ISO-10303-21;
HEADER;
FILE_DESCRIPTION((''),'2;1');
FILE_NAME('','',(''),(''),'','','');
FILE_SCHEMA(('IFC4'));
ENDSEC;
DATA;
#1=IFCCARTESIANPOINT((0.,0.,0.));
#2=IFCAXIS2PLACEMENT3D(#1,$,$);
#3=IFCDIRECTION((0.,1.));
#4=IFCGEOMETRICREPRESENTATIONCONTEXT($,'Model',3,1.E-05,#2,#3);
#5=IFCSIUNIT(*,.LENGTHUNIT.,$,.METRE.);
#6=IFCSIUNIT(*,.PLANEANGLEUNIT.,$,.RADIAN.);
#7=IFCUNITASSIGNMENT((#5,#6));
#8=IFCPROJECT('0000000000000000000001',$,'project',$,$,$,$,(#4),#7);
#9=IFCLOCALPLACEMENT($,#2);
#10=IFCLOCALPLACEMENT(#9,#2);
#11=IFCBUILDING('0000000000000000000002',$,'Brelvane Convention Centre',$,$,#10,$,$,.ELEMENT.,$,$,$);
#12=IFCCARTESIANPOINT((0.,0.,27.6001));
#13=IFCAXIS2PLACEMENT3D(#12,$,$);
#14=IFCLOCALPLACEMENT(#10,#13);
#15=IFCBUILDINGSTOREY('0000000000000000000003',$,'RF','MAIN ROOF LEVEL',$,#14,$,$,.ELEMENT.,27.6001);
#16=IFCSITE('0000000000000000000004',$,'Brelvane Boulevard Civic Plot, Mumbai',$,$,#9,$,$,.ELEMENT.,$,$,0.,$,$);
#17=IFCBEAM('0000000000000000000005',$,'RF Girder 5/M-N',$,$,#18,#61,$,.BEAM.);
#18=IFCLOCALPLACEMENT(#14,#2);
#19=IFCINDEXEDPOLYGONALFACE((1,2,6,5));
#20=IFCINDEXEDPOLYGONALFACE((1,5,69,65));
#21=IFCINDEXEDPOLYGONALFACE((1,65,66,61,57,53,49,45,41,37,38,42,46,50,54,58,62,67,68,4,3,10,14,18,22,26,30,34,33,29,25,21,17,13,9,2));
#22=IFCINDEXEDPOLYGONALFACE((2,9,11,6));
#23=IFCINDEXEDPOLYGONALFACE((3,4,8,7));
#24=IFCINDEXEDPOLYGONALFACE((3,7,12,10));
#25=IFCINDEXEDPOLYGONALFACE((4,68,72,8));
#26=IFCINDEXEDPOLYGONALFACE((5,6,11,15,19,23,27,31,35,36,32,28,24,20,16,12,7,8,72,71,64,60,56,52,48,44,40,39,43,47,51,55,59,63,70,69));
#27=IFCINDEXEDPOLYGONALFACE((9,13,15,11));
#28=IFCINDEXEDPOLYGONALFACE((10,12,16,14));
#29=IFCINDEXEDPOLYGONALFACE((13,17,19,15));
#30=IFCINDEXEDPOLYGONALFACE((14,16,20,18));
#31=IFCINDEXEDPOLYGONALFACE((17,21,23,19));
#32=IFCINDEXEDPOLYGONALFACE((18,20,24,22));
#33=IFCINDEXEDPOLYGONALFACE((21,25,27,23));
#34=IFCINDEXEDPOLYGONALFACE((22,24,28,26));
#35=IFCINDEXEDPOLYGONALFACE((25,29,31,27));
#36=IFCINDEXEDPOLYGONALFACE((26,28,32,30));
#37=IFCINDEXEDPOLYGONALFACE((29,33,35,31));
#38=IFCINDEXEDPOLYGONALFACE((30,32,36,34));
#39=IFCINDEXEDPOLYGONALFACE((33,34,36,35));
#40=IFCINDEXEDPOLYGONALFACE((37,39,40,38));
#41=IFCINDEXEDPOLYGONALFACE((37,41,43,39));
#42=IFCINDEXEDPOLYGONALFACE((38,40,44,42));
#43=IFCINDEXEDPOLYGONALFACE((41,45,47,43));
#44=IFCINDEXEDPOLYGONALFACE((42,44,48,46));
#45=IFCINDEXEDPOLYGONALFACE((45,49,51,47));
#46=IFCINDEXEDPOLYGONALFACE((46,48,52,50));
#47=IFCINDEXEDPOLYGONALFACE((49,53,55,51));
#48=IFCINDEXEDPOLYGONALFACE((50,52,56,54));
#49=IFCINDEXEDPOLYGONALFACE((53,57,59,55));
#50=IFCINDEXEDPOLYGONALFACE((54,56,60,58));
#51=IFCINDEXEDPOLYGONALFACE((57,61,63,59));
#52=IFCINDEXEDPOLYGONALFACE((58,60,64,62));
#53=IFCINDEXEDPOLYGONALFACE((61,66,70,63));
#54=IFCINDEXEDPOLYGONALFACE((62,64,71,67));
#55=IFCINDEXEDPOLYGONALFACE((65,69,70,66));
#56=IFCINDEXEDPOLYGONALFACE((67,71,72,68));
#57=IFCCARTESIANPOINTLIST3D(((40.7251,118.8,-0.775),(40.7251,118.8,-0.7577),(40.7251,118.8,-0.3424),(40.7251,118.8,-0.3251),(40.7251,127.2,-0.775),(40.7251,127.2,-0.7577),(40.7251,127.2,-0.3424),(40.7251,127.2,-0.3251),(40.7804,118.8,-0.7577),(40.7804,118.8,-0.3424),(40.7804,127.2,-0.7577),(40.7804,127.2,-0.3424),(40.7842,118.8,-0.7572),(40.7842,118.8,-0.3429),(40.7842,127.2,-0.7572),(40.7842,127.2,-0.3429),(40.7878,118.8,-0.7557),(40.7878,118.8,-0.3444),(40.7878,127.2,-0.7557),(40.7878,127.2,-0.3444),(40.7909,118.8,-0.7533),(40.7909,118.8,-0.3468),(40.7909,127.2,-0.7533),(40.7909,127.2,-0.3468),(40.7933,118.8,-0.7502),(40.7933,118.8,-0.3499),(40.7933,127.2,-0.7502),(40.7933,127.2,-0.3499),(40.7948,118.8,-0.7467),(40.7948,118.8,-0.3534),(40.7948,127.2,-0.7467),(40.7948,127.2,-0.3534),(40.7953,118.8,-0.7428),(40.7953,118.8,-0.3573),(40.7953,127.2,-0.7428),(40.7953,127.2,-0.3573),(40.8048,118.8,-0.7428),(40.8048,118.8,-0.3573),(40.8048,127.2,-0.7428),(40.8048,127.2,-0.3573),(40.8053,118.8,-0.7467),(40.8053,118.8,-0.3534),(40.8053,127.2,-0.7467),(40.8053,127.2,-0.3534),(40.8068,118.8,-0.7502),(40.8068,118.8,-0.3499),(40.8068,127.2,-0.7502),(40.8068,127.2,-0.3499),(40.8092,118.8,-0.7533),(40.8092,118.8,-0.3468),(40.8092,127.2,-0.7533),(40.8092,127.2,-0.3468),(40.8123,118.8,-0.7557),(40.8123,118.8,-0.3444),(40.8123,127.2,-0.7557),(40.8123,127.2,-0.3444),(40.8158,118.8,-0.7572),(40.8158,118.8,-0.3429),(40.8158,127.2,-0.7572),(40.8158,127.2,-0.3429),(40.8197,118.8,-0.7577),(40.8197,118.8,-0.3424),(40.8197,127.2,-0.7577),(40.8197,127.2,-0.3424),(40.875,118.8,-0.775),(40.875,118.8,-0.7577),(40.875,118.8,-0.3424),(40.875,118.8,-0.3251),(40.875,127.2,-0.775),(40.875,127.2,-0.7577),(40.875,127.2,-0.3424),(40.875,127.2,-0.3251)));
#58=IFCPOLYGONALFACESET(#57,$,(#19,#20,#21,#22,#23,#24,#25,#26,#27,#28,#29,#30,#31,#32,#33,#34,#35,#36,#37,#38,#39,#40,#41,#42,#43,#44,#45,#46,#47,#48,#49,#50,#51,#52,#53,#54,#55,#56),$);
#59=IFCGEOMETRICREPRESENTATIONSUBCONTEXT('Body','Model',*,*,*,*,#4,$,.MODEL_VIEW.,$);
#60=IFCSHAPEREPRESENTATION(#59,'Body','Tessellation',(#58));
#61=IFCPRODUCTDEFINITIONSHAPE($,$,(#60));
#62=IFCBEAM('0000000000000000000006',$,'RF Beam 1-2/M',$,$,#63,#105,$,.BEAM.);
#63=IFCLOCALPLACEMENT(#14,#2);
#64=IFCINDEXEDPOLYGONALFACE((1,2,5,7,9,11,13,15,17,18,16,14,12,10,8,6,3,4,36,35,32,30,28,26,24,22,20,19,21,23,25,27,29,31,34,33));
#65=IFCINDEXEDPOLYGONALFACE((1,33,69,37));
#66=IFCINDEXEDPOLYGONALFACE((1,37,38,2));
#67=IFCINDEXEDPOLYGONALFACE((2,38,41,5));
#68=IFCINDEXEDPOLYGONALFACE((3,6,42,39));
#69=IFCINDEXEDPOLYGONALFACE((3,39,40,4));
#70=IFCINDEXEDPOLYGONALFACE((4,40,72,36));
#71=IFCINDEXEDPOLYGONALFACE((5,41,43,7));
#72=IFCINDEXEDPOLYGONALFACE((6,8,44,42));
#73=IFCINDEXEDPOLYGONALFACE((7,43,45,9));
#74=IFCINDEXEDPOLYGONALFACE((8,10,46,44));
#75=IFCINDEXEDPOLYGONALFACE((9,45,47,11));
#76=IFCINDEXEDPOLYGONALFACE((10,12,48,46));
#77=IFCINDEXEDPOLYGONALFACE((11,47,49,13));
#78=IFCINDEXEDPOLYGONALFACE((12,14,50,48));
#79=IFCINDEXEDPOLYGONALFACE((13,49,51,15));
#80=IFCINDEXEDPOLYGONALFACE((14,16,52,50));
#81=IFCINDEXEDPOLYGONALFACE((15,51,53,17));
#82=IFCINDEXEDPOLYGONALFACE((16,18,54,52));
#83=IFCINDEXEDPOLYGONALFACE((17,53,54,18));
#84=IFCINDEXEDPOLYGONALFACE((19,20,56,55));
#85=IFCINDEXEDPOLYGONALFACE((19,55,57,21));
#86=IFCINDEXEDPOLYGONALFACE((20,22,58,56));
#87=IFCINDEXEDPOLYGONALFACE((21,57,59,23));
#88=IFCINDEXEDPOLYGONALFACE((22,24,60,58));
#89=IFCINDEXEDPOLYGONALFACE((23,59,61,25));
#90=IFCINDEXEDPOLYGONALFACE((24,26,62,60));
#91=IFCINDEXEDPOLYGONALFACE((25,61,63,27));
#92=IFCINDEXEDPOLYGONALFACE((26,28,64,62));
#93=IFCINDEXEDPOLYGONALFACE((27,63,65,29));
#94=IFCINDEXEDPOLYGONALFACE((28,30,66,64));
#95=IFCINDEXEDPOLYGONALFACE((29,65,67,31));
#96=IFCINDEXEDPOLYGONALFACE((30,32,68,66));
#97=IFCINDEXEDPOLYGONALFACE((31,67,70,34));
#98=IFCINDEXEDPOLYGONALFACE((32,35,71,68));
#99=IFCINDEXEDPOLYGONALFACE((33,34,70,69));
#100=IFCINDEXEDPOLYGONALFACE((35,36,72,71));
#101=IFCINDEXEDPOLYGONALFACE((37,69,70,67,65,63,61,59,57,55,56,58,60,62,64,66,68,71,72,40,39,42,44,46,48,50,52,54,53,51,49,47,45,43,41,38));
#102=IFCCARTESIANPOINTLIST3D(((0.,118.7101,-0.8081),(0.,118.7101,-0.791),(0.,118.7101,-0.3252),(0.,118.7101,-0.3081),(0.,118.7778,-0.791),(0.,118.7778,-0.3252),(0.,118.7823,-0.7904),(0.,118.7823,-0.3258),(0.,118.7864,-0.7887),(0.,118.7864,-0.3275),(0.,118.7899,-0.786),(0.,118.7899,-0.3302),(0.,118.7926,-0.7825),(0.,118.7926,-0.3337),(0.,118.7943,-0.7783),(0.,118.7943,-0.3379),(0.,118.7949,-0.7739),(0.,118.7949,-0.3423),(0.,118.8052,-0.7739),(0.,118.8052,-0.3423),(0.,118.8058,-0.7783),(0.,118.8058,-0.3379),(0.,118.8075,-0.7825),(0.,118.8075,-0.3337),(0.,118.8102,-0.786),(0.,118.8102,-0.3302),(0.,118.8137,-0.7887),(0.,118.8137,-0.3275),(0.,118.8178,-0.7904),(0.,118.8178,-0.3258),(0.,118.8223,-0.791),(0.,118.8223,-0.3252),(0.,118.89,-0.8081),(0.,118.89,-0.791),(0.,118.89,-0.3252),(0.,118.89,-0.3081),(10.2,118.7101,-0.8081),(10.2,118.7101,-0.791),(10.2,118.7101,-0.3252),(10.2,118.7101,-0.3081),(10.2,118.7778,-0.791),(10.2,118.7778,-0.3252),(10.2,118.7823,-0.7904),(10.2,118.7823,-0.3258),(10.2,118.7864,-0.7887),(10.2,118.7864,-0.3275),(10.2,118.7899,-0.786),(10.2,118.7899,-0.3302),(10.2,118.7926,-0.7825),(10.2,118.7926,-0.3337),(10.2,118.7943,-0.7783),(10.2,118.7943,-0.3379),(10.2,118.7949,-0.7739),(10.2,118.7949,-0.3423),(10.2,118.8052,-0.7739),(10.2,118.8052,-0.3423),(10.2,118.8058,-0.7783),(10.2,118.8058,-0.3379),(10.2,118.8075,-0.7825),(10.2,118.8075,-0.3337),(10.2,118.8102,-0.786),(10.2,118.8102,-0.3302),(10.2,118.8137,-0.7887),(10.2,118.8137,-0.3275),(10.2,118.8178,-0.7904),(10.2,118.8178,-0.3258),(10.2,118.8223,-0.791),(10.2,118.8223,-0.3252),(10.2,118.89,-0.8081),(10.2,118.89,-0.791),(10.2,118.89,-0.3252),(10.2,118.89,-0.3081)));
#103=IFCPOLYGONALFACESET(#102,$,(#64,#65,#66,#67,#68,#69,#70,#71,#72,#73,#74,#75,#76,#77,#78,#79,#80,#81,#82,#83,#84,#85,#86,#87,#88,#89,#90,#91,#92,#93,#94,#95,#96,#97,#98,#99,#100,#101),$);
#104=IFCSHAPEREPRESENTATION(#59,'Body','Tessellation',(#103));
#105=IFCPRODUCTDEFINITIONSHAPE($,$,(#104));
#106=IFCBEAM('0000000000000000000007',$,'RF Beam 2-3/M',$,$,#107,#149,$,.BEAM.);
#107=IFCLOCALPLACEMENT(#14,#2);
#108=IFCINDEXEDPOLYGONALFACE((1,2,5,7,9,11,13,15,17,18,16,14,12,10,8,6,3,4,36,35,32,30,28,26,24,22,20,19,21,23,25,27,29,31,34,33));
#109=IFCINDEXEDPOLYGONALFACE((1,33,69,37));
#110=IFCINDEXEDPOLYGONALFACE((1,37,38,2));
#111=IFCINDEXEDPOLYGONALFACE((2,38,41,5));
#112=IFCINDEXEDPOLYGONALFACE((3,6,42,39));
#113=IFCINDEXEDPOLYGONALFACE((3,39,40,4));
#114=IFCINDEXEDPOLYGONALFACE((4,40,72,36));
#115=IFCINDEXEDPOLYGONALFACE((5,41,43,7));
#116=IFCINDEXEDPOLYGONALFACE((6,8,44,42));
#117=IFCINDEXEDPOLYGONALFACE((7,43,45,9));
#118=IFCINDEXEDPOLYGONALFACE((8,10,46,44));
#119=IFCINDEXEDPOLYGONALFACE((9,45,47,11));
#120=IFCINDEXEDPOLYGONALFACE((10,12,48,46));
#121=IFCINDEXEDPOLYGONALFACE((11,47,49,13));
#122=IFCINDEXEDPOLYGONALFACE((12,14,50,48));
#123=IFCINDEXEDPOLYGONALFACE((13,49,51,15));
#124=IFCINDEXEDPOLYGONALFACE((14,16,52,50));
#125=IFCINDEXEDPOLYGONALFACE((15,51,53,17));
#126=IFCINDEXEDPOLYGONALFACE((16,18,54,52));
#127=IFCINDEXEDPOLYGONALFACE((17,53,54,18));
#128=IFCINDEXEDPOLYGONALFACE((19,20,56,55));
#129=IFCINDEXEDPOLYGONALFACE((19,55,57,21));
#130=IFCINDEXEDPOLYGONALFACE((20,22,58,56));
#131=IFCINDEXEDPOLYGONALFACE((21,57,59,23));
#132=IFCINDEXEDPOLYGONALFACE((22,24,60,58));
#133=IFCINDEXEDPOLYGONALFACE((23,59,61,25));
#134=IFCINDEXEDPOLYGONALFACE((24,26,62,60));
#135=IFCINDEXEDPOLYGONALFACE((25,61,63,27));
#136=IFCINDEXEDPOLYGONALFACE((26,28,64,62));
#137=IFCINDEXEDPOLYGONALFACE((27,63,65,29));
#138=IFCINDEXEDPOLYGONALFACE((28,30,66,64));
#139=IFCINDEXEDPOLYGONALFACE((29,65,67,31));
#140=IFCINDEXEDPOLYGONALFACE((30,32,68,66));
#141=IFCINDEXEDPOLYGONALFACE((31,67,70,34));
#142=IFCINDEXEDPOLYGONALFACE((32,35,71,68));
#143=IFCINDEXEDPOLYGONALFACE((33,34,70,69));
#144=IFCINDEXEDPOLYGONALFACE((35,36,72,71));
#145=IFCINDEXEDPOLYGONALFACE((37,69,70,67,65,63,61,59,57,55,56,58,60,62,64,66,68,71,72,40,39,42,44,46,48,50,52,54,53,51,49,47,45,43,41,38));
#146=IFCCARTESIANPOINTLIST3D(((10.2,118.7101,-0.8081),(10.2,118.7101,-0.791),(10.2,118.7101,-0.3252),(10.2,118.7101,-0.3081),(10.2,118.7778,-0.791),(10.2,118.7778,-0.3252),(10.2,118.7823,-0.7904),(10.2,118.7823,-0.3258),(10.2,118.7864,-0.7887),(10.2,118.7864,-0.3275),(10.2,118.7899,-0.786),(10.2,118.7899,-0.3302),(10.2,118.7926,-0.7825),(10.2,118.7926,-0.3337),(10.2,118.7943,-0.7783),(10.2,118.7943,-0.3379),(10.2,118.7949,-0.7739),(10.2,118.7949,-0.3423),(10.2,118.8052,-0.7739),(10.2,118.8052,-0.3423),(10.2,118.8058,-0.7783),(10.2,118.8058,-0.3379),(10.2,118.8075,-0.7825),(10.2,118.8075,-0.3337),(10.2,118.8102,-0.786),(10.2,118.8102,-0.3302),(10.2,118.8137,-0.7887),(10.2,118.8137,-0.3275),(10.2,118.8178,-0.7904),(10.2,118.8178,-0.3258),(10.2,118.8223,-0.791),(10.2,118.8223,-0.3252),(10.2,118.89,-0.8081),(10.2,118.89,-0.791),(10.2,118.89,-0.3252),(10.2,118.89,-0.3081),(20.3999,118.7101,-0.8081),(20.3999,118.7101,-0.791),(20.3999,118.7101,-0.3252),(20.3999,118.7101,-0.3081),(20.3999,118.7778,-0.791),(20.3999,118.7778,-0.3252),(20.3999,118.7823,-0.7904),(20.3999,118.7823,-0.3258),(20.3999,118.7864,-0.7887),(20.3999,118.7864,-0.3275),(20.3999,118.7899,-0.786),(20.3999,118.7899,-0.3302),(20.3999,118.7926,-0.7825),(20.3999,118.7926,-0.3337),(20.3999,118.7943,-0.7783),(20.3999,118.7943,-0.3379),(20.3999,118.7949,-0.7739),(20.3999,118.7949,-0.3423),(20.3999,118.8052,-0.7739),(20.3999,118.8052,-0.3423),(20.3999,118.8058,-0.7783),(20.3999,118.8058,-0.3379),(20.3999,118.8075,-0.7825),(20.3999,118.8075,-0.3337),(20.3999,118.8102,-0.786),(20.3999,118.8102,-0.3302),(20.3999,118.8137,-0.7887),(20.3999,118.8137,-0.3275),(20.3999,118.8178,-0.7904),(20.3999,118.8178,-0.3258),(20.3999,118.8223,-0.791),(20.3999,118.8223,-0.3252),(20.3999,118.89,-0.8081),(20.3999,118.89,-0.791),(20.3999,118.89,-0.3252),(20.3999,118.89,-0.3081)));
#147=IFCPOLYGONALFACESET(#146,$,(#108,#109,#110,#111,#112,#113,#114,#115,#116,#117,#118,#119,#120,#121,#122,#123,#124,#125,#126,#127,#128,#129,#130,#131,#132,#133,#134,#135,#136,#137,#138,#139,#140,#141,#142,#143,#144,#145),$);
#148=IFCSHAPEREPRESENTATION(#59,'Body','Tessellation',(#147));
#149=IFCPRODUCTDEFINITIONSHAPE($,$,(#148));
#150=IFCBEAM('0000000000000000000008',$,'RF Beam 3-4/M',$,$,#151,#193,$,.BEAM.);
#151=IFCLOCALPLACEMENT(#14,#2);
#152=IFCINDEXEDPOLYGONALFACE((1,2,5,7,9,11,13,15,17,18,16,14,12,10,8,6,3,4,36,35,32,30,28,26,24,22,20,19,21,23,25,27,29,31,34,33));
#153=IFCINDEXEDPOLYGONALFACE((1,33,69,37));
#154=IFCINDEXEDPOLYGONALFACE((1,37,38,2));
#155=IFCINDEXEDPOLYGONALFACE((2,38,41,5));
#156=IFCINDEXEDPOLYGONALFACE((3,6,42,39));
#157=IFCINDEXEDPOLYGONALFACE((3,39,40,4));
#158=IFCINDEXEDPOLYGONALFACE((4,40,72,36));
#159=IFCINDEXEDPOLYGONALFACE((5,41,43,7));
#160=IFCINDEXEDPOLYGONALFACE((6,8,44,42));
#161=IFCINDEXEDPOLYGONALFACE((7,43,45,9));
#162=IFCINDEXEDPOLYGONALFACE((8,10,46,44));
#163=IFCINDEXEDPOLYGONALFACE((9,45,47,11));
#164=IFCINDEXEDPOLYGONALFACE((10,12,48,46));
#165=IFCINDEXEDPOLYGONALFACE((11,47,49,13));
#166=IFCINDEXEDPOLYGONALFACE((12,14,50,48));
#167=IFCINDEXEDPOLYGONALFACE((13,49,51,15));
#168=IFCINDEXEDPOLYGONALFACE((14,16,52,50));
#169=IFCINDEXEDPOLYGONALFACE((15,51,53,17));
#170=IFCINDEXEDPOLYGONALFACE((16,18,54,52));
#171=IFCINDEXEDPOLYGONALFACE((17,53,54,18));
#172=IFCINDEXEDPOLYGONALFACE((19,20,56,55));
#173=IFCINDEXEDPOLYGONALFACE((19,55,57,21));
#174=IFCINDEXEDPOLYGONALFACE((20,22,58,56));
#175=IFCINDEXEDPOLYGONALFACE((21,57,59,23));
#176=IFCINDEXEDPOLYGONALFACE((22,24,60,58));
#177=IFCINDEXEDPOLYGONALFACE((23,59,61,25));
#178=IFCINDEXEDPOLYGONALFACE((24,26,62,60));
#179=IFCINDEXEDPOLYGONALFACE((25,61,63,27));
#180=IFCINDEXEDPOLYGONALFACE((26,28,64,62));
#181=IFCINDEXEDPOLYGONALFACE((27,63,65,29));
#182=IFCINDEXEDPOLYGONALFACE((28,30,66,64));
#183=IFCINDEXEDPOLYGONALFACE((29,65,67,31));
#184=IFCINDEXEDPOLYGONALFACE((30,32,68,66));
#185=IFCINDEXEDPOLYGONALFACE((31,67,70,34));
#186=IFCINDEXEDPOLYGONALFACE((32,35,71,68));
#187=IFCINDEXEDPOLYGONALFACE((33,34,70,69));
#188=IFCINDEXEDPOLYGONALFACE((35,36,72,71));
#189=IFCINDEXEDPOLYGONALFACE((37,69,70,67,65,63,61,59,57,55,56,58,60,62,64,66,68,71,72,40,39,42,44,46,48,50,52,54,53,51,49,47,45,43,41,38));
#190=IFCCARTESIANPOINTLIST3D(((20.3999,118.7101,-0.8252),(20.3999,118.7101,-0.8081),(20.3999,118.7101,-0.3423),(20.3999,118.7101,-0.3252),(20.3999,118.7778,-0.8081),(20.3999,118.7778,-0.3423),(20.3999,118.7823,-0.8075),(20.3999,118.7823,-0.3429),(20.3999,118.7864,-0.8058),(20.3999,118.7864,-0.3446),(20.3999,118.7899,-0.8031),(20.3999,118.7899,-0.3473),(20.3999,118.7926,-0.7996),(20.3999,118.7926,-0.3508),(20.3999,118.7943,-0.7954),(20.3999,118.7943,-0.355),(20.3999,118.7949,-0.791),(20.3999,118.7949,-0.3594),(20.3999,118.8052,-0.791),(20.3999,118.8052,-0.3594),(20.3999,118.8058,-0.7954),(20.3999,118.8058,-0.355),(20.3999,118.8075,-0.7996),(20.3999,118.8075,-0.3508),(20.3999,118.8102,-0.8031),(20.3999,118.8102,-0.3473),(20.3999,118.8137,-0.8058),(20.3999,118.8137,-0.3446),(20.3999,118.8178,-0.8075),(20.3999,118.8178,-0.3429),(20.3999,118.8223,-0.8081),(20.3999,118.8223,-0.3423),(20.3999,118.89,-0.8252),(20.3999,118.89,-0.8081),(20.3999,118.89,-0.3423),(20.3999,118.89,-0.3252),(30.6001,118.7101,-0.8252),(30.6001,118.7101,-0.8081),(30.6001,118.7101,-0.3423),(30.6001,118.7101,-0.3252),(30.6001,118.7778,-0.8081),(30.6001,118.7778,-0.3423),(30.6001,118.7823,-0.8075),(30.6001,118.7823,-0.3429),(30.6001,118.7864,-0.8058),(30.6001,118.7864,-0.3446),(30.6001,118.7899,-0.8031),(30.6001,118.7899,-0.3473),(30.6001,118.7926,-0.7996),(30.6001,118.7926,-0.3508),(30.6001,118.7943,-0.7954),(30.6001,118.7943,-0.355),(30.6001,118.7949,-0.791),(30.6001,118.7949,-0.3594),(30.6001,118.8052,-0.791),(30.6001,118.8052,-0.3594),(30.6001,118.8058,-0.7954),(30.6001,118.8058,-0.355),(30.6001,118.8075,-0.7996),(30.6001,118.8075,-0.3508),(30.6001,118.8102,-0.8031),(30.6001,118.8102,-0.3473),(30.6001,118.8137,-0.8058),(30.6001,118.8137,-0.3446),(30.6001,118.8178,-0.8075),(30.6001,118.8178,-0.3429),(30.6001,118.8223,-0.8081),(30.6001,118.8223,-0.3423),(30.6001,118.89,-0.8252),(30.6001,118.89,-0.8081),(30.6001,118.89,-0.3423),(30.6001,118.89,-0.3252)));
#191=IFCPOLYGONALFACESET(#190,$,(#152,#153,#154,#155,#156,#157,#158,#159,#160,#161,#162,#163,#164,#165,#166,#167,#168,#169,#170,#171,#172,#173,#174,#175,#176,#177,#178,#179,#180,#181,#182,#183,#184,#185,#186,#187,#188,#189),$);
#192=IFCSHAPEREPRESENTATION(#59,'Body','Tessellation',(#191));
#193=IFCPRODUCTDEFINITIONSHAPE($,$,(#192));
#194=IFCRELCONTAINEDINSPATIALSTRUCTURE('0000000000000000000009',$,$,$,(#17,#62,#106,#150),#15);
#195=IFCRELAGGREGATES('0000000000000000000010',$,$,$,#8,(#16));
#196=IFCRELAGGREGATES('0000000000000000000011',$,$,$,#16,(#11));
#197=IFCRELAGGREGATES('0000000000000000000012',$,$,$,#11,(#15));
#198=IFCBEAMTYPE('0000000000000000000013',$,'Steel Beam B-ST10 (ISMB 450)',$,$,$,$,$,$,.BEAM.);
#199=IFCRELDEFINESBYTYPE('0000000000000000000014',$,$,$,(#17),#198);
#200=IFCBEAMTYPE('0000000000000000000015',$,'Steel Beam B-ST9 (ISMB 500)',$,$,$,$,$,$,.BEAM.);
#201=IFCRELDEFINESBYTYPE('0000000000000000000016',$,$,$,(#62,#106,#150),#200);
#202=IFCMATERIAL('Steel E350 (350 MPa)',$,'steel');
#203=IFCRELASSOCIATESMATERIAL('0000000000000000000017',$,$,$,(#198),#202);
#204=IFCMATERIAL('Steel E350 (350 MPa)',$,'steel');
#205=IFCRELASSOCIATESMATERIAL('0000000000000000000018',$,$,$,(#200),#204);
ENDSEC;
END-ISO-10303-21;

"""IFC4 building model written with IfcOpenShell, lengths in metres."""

from ifc_helpers import new_model, si_unit, direction, frame, origin, origin_2d, place, context, subcontext, project, spatial, i_section, extrude, material, material_profile, profile_set, type_object, element, save


model = new_model("IFC4")

# Units and contexts
model_context = context("Model", 3, precision=1e-05, world=origin(), true_north=direction((0.0, 1.0)))
body_context = subcontext(model_context, "Body", "Model", "MODEL_VIEW")
ifc_project = project(units=[si_unit("LENGTHUNIT", "METRE"), si_unit("PLANEANGLEUNIT", "RADIAN")], contexts=[model_context])

# Site, building, storey
site_placement = place(None, origin())
site = spatial("IfcSite", under=ifc_project, at=site_placement, Name="Brelvane Boulevard Civic Plot, Mumbai", CompositionType="ELEMENT", RefElevation=0.0)
building_placement = place(site_placement, origin())
building = spatial("IfcBuilding", under=site, at=building_placement, Name="Brelvane Convention Centre", CompositionType="ELEMENT")
storey_placement = place(building_placement, frame((0.0, 0.0, 27.6001)))
storey = spatial("IfcBuildingStorey", under=building, at=storey_placement, Name="RF", Description="MAIN ROOF LEVEL", CompositionType="ELEMENT", Elevation=27.6001)

# Beams
ifc_material_1 = material(Name="Steel E350 (350 MPa)", Category="steel")
ifc_material_profile_1 = material_profile(ifc_material_1, i_section(OverallWidth=0.1499, OverallDepth=0.45, WebThickness=0.0095, FlangeThickness=0.0173, FilletRadius=0.0149, at=origin_2d()), Name="ISMB 450")
ifc_profile_set_1 = profile_set([ifc_material_profile_1], Name="Steel E350 (350 MPa)")
beam_type_1 = type_object("IfcBeamType", Name="Steel Beam B-ST10 (ISMB 450)", PredefinedType="BEAM", material=ifc_profile_set_1)
beam_1_placement = place(storey_placement, frame((40.8, 118.8, -0.55), z_axis=(0.0, 1.0, 0.0), x_axis=(-1.0, 0.0, 0.0)))
element("IfcBeam", 1, at=beam_1_placement, inside=storey, type_object=beam_type_1, Name="RF Girder 5/M-N", PredefinedType="BEAM", context=body_context, shape_type="SweptSolid", body=[
    extrude(i_section(OverallWidth=0.1499, OverallDepth=0.45, WebThickness=0.0095, FlangeThickness=0.0173, FilletRadius=0.0149, at=origin_2d()), origin(), (0.0, 0.0, 1.0), 8.3999),
])
ifc_material_2 = material(Name="Steel E350 (350 MPa)", Category="steel")
ifc_material_profile_2 = material_profile(ifc_material_2, i_section(OverallWidth=0.1799, OverallDepth=0.5, WebThickness=0.0103, FlangeThickness=0.0171, FilletRadius=0.0171, at=origin_2d()), Name="ISMB 500")
ifc_profile_set_2 = profile_set([ifc_material_profile_2], Name="Steel E350 (350 MPa)")
beam_type_2 = type_object("IfcBeamType", Name="Steel Beam B-ST9 (ISMB 500)", PredefinedType="BEAM", material=ifc_profile_set_2)
for number, where, z_axis, x_axis, name in (
    (2, (0.0, 118.8, -0.5581), (1.0, 0.0, 0.0), (0.0, 1.0, 0.0), "RF Beam 1-2/M"),
    (3, (10.2, 118.8, -0.5581), (1.0, 0.0, 0.0), (0.0, 1.0, 0.0), "RF Beam 2-3/M"),
):
    element("IfcBeam", number, at=place(storey_placement, frame(where, z_axis=z_axis, x_axis=x_axis)), inside=storey, type_object=beam_type_2, Name=name, PredefinedType="BEAM", context=body_context, shape_type="SweptSolid", body=[
        extrude(i_section(OverallWidth=0.1799, OverallDepth=0.5, WebThickness=0.0103, FlangeThickness=0.0171, FilletRadius=0.0171, at=origin_2d()), origin(), (0.0, 0.0, 1.0), 10.2),
    ])
beam_2_placement = place(storey_placement, frame((20.3999, 118.8, -0.5752), z_axis=(1.0, 0.0, 0.0), x_axis=(0.0, 1.0, 0.0)))
element("IfcBeam", 4, at=beam_2_placement, inside=storey, type_object=beam_type_2, Name="RF Beam 3-4/M", PredefinedType="BEAM", context=body_context, shape_type="SweptSolid", body=[
    extrude(i_section(OverallWidth=0.1799, OverallDepth=0.5, WebThickness=0.0103, FlangeThickness=0.0171, FilletRadius=0.0171, at=origin_2d()), origin(), (0.0, 0.0, 1.0), 10.2002),
])

save(model, "model.ifc")
